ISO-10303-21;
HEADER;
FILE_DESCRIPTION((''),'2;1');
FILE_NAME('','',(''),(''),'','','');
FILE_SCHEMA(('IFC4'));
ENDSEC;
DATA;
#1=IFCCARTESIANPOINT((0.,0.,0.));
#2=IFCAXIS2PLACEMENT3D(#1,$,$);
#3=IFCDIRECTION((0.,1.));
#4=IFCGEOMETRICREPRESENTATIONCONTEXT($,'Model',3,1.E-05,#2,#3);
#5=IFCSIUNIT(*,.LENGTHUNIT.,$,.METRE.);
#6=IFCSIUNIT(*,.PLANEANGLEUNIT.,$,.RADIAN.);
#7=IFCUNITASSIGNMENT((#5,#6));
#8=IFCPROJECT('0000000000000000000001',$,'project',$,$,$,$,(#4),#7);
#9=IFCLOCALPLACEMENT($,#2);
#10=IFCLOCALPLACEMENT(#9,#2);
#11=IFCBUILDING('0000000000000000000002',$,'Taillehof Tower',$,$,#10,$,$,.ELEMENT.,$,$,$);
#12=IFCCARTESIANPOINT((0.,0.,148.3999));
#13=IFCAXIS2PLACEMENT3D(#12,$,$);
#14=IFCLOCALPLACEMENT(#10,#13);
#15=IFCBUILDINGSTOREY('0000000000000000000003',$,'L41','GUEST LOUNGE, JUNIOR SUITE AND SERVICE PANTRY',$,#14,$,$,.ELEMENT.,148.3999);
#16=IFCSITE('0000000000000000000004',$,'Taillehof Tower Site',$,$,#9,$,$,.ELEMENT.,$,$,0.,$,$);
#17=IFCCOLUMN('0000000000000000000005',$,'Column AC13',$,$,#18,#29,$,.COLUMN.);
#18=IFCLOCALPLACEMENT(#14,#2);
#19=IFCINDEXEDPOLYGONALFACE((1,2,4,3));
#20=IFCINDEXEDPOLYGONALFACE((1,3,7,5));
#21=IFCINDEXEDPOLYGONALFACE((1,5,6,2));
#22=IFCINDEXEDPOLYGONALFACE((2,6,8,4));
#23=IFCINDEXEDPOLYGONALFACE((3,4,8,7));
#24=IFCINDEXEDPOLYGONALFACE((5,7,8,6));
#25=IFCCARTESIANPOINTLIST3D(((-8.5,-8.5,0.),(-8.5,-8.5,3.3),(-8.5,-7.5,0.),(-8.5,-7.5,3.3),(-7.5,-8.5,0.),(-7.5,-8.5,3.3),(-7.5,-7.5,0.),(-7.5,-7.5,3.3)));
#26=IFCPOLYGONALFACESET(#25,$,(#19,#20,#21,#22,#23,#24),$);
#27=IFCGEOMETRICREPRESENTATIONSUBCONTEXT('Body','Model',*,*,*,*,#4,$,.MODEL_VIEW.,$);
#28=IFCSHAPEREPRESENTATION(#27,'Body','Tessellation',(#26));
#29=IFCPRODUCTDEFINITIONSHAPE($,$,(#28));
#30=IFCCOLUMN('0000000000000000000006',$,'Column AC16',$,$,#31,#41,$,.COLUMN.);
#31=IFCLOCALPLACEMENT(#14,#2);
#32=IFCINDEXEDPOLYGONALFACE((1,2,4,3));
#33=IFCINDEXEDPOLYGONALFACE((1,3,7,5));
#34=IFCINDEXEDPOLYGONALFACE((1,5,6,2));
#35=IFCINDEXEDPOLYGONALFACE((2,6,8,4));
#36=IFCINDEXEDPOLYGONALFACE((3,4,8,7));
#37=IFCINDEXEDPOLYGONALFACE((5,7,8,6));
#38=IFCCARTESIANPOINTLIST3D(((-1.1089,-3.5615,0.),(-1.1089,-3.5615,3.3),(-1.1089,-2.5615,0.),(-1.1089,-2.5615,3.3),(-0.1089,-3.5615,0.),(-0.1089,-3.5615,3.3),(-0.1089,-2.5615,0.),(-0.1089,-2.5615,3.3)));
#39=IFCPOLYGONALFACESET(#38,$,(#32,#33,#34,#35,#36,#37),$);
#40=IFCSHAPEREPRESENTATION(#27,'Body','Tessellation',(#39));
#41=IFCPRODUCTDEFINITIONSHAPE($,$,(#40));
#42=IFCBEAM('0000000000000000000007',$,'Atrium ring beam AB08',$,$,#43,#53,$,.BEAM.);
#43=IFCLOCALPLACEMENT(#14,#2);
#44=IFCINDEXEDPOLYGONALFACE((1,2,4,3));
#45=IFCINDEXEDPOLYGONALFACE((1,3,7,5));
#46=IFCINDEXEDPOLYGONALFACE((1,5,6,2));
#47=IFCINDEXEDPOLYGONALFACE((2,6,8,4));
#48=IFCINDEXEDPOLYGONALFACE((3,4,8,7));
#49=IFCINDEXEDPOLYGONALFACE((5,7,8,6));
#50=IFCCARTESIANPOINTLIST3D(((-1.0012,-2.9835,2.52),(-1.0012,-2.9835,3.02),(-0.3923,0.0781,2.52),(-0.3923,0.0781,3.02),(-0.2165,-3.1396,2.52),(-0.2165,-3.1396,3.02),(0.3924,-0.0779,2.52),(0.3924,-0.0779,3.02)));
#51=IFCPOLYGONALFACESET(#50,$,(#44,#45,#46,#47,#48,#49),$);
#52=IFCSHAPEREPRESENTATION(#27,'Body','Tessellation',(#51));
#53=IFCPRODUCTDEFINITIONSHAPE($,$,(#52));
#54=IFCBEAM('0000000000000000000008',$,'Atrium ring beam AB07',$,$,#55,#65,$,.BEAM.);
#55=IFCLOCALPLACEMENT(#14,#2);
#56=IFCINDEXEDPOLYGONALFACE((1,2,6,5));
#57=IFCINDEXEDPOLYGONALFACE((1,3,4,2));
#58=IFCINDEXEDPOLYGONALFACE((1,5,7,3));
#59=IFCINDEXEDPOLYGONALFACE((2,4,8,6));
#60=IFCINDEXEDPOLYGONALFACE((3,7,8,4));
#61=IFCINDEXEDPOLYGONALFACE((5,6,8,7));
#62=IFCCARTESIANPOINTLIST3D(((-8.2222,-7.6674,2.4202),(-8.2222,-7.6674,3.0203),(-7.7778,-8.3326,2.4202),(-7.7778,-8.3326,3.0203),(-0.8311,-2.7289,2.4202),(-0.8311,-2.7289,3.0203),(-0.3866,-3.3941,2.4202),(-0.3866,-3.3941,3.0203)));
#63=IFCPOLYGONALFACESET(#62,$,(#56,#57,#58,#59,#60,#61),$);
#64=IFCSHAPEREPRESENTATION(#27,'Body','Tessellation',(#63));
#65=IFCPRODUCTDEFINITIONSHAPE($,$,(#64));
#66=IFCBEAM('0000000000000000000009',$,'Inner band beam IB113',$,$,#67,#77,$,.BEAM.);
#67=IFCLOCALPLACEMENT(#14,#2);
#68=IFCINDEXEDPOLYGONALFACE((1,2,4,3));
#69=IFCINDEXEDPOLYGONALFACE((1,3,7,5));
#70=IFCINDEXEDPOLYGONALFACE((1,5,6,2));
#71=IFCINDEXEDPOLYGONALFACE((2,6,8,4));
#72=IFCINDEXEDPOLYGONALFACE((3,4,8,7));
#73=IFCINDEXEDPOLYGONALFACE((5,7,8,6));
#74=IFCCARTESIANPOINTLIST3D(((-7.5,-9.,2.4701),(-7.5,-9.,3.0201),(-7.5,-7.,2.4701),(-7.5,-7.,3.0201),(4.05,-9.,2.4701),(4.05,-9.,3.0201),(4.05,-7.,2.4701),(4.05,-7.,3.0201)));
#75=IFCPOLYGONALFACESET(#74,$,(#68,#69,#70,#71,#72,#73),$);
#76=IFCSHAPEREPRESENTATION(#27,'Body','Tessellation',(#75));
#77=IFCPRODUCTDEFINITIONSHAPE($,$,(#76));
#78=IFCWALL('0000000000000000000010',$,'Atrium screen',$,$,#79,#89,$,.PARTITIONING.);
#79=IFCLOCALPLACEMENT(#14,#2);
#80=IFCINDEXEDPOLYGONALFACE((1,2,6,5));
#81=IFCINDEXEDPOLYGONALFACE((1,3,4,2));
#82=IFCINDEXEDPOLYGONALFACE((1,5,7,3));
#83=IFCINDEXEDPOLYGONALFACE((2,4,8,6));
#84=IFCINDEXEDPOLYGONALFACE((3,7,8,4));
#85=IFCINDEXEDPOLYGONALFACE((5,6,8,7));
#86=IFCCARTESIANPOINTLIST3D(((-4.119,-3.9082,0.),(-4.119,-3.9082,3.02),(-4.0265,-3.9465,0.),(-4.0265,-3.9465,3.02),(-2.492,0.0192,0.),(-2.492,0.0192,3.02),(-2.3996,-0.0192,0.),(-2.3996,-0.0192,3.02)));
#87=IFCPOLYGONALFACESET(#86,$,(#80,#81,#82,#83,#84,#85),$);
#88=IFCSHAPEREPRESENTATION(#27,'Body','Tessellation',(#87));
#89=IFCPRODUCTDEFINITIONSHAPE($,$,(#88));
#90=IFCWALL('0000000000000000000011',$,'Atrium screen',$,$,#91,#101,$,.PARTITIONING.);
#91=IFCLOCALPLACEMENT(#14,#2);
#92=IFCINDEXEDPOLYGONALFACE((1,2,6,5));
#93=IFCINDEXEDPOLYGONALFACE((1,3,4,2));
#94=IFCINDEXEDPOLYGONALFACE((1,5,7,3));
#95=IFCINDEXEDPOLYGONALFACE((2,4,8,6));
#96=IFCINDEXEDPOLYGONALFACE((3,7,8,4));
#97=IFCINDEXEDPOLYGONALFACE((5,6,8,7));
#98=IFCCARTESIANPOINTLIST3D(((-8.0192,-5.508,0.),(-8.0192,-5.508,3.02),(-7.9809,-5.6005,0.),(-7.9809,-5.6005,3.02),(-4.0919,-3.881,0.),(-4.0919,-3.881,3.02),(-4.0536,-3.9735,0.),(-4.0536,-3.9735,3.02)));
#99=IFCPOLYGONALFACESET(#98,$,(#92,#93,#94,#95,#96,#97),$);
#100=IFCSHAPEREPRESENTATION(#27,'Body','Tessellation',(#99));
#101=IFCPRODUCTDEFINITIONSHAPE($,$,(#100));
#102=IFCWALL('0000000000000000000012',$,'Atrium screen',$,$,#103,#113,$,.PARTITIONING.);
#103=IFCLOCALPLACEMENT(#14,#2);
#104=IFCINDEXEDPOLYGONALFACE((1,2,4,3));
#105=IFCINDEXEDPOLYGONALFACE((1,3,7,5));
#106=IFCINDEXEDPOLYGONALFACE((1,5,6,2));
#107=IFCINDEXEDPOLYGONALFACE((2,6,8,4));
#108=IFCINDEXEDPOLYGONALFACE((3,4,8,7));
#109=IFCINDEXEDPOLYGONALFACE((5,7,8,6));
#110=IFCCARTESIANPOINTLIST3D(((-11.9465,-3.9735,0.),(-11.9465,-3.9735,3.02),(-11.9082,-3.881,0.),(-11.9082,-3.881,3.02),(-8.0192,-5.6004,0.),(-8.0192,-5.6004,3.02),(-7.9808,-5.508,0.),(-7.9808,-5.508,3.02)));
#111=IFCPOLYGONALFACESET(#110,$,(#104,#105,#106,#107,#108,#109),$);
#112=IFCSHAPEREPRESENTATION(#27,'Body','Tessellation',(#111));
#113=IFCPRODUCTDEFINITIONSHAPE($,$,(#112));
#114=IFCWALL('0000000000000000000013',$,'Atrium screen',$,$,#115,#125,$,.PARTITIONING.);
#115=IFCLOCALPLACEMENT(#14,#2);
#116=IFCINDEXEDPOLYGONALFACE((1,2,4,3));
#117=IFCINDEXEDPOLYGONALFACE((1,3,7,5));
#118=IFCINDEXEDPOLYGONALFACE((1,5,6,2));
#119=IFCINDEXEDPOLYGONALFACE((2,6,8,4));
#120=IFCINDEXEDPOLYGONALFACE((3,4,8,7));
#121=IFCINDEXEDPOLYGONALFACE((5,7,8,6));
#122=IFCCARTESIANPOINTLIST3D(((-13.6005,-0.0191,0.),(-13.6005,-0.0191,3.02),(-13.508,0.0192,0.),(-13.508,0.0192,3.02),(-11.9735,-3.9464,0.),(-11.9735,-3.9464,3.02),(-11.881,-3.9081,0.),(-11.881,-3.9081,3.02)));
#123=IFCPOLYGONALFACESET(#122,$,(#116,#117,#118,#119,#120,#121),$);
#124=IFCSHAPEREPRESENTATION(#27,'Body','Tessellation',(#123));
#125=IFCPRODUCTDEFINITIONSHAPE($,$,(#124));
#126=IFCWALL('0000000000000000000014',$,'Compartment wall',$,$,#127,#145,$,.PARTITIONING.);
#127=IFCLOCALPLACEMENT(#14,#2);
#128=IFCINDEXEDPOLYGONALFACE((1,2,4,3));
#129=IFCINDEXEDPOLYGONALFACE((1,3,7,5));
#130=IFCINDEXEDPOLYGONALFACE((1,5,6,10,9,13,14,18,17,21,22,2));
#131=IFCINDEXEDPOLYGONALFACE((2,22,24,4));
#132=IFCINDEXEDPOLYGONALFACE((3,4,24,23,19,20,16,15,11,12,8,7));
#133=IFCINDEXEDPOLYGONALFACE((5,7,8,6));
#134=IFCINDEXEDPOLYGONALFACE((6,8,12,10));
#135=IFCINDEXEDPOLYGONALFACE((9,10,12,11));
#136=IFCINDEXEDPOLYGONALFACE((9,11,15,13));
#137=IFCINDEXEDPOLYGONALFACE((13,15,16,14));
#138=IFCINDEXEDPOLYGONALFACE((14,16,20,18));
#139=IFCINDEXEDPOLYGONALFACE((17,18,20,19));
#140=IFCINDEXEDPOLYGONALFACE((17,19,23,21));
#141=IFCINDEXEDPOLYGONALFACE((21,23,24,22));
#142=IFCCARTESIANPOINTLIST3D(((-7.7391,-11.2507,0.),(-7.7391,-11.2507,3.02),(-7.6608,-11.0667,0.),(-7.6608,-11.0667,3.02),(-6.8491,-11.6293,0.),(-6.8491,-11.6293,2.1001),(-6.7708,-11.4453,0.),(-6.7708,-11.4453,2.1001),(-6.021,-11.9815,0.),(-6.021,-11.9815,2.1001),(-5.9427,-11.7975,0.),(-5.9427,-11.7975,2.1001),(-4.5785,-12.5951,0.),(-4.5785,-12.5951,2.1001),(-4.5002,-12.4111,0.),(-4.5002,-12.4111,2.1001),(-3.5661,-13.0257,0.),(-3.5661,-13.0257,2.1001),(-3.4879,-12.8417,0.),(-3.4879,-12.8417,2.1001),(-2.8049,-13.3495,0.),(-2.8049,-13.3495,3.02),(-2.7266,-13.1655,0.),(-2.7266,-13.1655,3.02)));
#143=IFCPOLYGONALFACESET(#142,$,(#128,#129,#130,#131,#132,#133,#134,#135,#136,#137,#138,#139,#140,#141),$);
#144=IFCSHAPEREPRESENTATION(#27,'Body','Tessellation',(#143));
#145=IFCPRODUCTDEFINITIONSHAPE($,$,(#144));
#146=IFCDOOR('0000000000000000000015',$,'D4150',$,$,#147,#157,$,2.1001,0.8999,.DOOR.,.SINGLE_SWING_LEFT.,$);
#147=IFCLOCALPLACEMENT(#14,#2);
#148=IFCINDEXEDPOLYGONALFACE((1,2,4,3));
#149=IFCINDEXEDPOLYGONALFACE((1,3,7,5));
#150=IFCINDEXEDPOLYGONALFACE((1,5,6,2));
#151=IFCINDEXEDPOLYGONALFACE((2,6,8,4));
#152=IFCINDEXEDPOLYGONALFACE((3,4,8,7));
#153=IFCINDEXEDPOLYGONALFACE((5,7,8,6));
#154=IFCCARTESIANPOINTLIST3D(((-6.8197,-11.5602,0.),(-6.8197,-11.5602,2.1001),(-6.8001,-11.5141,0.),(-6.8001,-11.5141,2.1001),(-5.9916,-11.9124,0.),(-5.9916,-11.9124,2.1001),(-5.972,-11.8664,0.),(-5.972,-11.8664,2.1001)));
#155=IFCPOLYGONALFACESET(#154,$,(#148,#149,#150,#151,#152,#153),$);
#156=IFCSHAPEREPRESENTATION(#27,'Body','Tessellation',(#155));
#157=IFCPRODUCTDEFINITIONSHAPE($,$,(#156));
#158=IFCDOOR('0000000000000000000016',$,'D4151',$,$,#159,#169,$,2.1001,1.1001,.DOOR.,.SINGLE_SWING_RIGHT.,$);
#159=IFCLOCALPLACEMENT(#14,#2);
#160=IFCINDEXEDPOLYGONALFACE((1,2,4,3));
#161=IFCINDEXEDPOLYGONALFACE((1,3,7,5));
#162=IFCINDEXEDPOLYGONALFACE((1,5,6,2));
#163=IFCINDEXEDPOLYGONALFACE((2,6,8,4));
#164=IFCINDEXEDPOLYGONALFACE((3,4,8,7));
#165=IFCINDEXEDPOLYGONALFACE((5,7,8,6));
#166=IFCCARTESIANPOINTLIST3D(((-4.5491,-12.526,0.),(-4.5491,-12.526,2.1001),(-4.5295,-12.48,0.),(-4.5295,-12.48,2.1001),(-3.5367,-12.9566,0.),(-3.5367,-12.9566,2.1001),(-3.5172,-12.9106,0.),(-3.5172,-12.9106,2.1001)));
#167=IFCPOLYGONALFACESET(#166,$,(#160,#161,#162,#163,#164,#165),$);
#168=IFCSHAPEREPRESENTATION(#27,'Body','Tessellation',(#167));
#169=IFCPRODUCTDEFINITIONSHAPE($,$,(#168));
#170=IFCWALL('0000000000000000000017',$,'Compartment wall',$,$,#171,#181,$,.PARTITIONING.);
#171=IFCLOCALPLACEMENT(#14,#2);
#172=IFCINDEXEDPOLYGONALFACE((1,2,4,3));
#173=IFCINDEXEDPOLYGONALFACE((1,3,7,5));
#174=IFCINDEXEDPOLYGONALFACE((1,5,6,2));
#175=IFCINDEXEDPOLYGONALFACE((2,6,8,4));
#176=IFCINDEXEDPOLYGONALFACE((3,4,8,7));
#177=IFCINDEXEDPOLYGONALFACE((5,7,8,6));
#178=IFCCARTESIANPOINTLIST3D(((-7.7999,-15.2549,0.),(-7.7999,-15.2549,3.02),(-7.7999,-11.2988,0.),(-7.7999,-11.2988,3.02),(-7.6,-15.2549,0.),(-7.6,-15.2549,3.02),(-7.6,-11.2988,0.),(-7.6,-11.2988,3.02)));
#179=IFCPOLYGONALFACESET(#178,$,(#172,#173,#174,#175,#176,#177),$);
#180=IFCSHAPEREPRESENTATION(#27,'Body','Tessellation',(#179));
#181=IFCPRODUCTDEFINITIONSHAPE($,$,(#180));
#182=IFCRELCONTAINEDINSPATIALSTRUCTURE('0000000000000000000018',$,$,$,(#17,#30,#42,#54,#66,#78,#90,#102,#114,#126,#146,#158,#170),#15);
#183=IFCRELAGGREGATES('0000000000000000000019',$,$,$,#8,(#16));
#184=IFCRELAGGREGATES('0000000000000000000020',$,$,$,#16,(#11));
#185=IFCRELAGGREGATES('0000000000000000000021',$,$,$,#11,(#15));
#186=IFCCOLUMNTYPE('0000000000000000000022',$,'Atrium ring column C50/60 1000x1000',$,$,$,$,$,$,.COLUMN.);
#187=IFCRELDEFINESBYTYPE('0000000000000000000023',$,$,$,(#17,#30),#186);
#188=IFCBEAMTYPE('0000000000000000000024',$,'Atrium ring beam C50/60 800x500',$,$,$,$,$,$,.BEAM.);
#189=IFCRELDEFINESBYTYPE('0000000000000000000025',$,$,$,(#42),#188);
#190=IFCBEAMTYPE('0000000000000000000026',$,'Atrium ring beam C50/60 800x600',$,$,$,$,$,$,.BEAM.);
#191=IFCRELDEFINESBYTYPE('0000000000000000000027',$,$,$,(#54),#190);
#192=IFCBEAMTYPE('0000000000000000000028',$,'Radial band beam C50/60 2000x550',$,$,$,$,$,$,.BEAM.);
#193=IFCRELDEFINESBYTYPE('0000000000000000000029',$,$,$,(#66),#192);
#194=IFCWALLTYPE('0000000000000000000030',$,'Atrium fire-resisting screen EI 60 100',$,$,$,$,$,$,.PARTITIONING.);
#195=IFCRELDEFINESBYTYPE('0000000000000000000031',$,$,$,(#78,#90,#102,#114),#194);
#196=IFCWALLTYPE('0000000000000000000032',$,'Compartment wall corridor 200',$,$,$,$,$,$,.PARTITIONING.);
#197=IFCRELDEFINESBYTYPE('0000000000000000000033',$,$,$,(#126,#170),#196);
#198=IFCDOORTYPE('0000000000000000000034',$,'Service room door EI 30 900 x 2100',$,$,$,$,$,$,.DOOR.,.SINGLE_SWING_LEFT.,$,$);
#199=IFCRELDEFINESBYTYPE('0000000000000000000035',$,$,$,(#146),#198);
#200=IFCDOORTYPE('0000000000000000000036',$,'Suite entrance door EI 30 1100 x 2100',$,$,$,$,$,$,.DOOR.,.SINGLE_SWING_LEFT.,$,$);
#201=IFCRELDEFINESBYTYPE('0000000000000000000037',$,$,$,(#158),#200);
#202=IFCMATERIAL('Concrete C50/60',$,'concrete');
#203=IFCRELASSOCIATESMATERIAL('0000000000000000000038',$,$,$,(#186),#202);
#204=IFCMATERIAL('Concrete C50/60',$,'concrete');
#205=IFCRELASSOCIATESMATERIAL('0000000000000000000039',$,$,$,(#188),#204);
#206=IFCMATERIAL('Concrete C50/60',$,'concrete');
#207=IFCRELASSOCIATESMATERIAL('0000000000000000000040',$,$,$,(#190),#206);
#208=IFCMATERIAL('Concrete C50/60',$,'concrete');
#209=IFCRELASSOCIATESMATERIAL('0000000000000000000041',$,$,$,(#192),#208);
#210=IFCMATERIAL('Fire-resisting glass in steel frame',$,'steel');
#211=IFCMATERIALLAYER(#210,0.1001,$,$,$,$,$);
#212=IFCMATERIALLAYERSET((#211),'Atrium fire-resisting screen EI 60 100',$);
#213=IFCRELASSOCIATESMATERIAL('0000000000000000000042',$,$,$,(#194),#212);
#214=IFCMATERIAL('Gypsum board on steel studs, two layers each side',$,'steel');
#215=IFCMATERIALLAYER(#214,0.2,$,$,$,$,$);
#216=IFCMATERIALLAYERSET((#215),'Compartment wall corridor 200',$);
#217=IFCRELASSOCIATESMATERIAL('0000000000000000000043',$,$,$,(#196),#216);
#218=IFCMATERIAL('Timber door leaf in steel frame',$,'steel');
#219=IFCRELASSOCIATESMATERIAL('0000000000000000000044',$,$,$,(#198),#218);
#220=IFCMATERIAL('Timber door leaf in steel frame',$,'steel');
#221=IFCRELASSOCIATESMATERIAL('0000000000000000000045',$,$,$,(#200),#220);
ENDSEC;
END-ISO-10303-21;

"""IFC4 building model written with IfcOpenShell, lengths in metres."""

from ifc_helpers import new_model, si_unit, direction, frame, frame_2d, origin, origin_2d, place, context, subcontext, project, spatial, rectangle, extrude, material, layer, layer_set, material_profile, profile_set, type_object, element, fill, save


model = new_model("IFC4")

# Units and contexts
model_context = context("Model", 3, precision=1e-05, world=origin(), true_north=direction((0.0, 1.0)))
body_context = subcontext(model_context, "Body", "Model", "MODEL_VIEW")
ifc_project = project(units=[si_unit("LENGTHUNIT", "METRE"), si_unit("PLANEANGLEUNIT", "RADIAN")], contexts=[model_context])

# Site, building, storey
site_placement = place(None, origin())
site = spatial("IfcSite", under=ifc_project, at=site_placement, Name="Taillehof Tower Site", CompositionType="ELEMENT", RefElevation=0.0)
building_placement = place(site_placement, origin())
building = spatial("IfcBuilding", under=site, at=building_placement, Name="Taillehof Tower", CompositionType="ELEMENT")
storey_placement = place(building_placement, frame((0.0, 0.0, 148.3999)))
storey = spatial("IfcBuildingStorey", under=building, at=storey_placement, Name="L41", Description="GUEST LOUNGE, JUNIOR SUITE AND SERVICE PANTRY", CompositionType="ELEMENT", Elevation=148.3999)

# Columns
ifc_material_1 = material(Name="Concrete C50/60", Category="concrete")
ifc_material_profile_1 = material_profile(ifc_material_1, rectangle(XDim=1.0, YDim=1.0, at=origin_2d()), Name="RC 1000x1000")
ifc_profile_set_1 = profile_set([ifc_material_profile_1], Name="Concrete C50/60")
column_type = type_object("IfcColumnType", Name="Atrium ring column C50/60 1000x1000", PredefinedType="COLUMN", material=ifc_profile_set_1)
for number, where, z_axis, x_axis, name in (
    (1, (-8.0, -8.0, 0.0), (0.0, 0.0, 1.0), (1.0, 0.0, 0.0), "Column AC13"),
    (2, (-0.6089, -3.0615, 0.0), (0.0, 0.0, 1.0), (1.0, 0.0, 0.0), "Column AC16"),
):
    element("IfcColumn", number, at=place(storey_placement, frame(where, z_axis=z_axis, x_axis=x_axis)), inside=storey, type_object=column_type, Name=name, PredefinedType="COLUMN", context=body_context, shape_type="SweptSolid", body=[
        extrude(rectangle(XDim=1.0, YDim=1.0, at=origin_2d()), origin(), (0.0, 0.0, 1.0), 3.3),
    ])

# Beams
ifc_material_2 = material(Name="Concrete C50/60", Category="concrete")
ifc_material_profile_2 = material_profile(ifc_material_2, rectangle(XDim=0.8, YDim=0.5, at=origin_2d()), Name="RC 800x500")
ifc_profile_set_2 = profile_set([ifc_material_profile_2], Name="Concrete C50/60")
beam_type_1 = type_object("IfcBeamType", Name="Atrium ring beam C50/60 800x500", PredefinedType="BEAM", material=ifc_profile_set_2)
beam_1_placement = place(storey_placement, frame((-0.6089, -3.0615, 2.77), z_axis=(0.195063, 0.980791, 0.0), x_axis=(-0.980791, 0.195063, 0.0)))
element("IfcBeam", 3, at=beam_1_placement, inside=storey, type_object=beam_type_1, Name="Atrium ring beam AB08", PredefinedType="BEAM", context=body_context, shape_type="SweptSolid", body=[
    extrude(rectangle(XDim=0.8, YDim=0.5, at=origin_2d()), origin(), (0.0, 0.0, 1.0), 3.1216),
])
ifc_material_3 = material(Name="Concrete C50/60", Category="concrete")
ifc_material_profile_3 = material_profile(ifc_material_3, rectangle(XDim=0.8, YDim=0.6001, at=origin_2d()), Name="RC 800x600")
ifc_profile_set_3 = profile_set([ifc_material_profile_3], Name="Concrete C50/60")
beam_type_2 = type_object("IfcBeamType", Name="Atrium ring beam C50/60 800x600", PredefinedType="BEAM", material=ifc_profile_set_3)
beam_2_placement = place(storey_placement, frame((-8.0, -8.0, 2.7202), z_axis=(0.831475, 0.555562, 0.0), x_axis=(-0.555562, 0.831475, 0.0)))
element("IfcBeam", 4, at=beam_2_placement, inside=storey, type_object=beam_type_2, Name="Atrium ring beam AB07", PredefinedType="BEAM", context=body_context, shape_type="SweptSolid", body=[
    extrude(rectangle(XDim=0.8, YDim=0.6001, at=origin_2d()), origin(), (0.0, 0.0, 1.0), 8.8892),
])
ifc_material_4 = material(Name="Concrete C50/60", Category="concrete")
ifc_material_profile_4 = material_profile(ifc_material_4, rectangle(XDim=2.0, YDim=0.55, at=origin_2d()), Name="RC 2000x550")
ifc_profile_set_4 = profile_set([ifc_material_profile_4], Name="Concrete C50/60")
beam_type_3 = type_object("IfcBeamType", Name="Radial band beam C50/60 2000x550", PredefinedType="BEAM", material=ifc_profile_set_4)
beam_3_placement = place(storey_placement, frame((-7.5, -8.0, 2.7451), z_axis=(1.0, 0.0, 0.0), x_axis=(0.0, 1.0, 0.0)))
element("IfcBeam", 5, at=beam_3_placement, inside=storey, type_object=beam_type_3, Name="Inner band beam IB113", PredefinedType="BEAM", context=body_context, shape_type="SweptSolid", body=[
    extrude(rectangle(XDim=2.0, YDim=0.55, at=origin_2d()), origin(), (0.0, 0.0, 1.0), 11.55),
])

# Walls
ifc_material_5 = material(Name="Fire-resisting glass in steel frame", Category="steel")
ifc_layer_1 = layer(ifc_material_5, 0.1001)
ifc_layer_set_1 = layer_set([ifc_layer_1], Name="Atrium fire-resisting screen EI 60 100")
wall_type_1 = type_object("IfcWallType", Name="Atrium fire-resisting screen EI 60 100", PredefinedType="PARTITIONING", material=ifc_layer_set_1)
for number, where, z_axis, x_axis, name in (
    (6, (-2.4458, 0.0, 0.0), (0.0, 0.0, 1.0), (-0.382731, -0.92386, 0.0), "Atrium screen"),
    (7, (-4.0728, -3.9272, 0.0), (0.0, 0.0, 1.0), (-0.92386, -0.382731, 0.0), "Atrium screen"),
    (8, (-8.0, -5.5542, 0.0), (0.0, 0.0, 1.0), (-0.92386, 0.382731, 0.0), "Atrium screen"),
    (9, (-11.9272, -3.9272, 0.0), (0.0, 0.0, 1.0), (-0.382731, 0.92386, 0.0), "Atrium screen"),
):
    element("IfcWall", number, at=place(storey_placement, frame(where, z_axis=z_axis, x_axis=x_axis)), inside=storey, type_object=wall_type_1, Name=name, PredefinedType="PARTITIONING", context=body_context, shape_type="SweptSolid", body=[
        extrude(rectangle(XDim=4.251, YDim=0.1001, at=frame_2d((2.1255, 0.0))), origin(), (0.0, 0.0, 1.0), 3.02),
    ])

# Wall, openings, doors
ifc_material_6 = material(Name="Gypsum board on steel studs, two layers each side", Category="steel")
ifc_layer_2 = layer(ifc_material_6, 0.2)
ifc_layer_set_2 = layer_set([ifc_layer_2], Name="Compartment wall corridor 200")
wall_type_2 = type_object("IfcWallType", Name="Compartment wall corridor 200", PredefinedType="PARTITIONING", material=ifc_layer_set_2)
wall_1_placement = place(storey_placement, frame((-2.7656, -13.2576, 0.0), z_axis=(0.0, 0.0, 1.0), x_axis=(-0.920211, 0.391423, 0.0)))
wall_1 = element("IfcWall", 10, at=wall_1_placement, inside=storey, type_object=wall_type_2, Name="Compartment wall", PredefinedType="PARTITIONING", context=body_context, shape_type="SweptSolid", body=[
    extrude(rectangle(XDim=5.3621, YDim=0.2, at=frame_2d((2.6812, 0.0))), origin(), (0.0, 0.0, 1.0), 3.02),
])
opening_1_placement = place(wall_1_placement, frame((3.4951, 0.0, 0.0)))
opening_1 = element("IfcOpeningElement", 11, at=opening_1_placement, cuts=wall_1, PredefinedType="OPENING", context=body_context, shape_type="SweptSolid", body=[
    extrude(rectangle(XDim=0.8999, YDim=2.1001, at=frame_2d((0.45, 1.05))), frame((0.0, 0.1099, 0.0), z_axis=(0.0, -1.0, 0.0), x_axis=(1.0, 0.0, 0.0)), (0.0, 0.0, 1.0), 0.22),
])
opening_2_placement = place(wall_1_placement, frame((0.8274, 0.0, 0.0)))
opening_2 = element("IfcOpeningElement", 12, at=opening_2_placement, cuts=wall_1, PredefinedType="OPENING", context=body_context, shape_type="SweptSolid", body=[
    extrude(rectangle(XDim=1.1001, YDim=2.1001, at=frame_2d((0.55, 1.05))), frame((0.0, 0.1099, 0.0), z_axis=(0.0, -1.0, 0.0), x_axis=(1.0, 0.0, 0.0)), (0.0, 0.0, 1.0), 0.22),
])
ifc_material_7 = material(Name="Timber door leaf in steel frame", Category="steel")
door_type_1 = type_object("IfcDoorType", Name="Service room door EI 30 900 x 2100", OperationType="SINGLE_SWING_LEFT", PredefinedType="DOOR", material=ifc_material_7)
door_1_placement = place(opening_1_placement, origin())
door_1 = element("IfcDoor", 13, at=door_1_placement, inside=storey, type_object=door_type_1, Name="D4150", OperationType="SINGLE_SWING_LEFT", OverallHeight=2.1001, OverallWidth=0.8999, PredefinedType="DOOR", context=body_context, shape_type="SweptSolid", body=[
    extrude(rectangle(XDim=0.8999, YDim=2.1001, at=frame_2d((0.45, 1.05))), frame((0.0, 0.0249, 0.0), z_axis=(0.0, -1.0, 0.0), x_axis=(1.0, 0.0, 0.0)), (0.0, 0.0, 1.0), 0.05),
])
fill(opening_1, door_1)
ifc_material_8 = material(Name="Timber door leaf in steel frame", Category="steel")
door_type_2 = type_object("IfcDoorType", Name="Suite entrance door EI 30 1100 x 2100", OperationType="SINGLE_SWING_LEFT", PredefinedType="DOOR", material=ifc_material_8)
door_2_placement = place(opening_2_placement, origin())
door_2 = element("IfcDoor", 14, at=door_2_placement, inside=storey, type_object=door_type_2, Name="D4151", OperationType="SINGLE_SWING_RIGHT", OverallHeight=2.1001, OverallWidth=1.1001, PredefinedType="DOOR", context=body_context, shape_type="SweptSolid", body=[
    extrude(rectangle(XDim=1.1001, YDim=2.1001, at=frame_2d((0.55, 1.05))), frame((0.0, 0.0249, 0.0), z_axis=(0.0, -1.0, 0.0), x_axis=(1.0, 0.0, 0.0)), (0.0, 0.0, 1.0), 0.05),
])
fill(opening_2, door_2)

# Wall
wall_2_placement = place(storey_placement, frame((-7.7, -11.2988, 0.0), z_axis=(0.0, 0.0, 1.0), x_axis=(0.0, -1.0, 0.0)))
element("IfcWall", 15, at=wall_2_placement, inside=storey, type_object=wall_type_2, Name="Compartment wall", PredefinedType="PARTITIONING", context=body_context, shape_type="SweptSolid", body=[
    extrude(rectangle(XDim=3.9561, YDim=0.2, at=frame_2d((1.978, 0.0))), origin(), (0.0, 0.0, 1.0), 3.02),
])

save(model, "model.ifc")
